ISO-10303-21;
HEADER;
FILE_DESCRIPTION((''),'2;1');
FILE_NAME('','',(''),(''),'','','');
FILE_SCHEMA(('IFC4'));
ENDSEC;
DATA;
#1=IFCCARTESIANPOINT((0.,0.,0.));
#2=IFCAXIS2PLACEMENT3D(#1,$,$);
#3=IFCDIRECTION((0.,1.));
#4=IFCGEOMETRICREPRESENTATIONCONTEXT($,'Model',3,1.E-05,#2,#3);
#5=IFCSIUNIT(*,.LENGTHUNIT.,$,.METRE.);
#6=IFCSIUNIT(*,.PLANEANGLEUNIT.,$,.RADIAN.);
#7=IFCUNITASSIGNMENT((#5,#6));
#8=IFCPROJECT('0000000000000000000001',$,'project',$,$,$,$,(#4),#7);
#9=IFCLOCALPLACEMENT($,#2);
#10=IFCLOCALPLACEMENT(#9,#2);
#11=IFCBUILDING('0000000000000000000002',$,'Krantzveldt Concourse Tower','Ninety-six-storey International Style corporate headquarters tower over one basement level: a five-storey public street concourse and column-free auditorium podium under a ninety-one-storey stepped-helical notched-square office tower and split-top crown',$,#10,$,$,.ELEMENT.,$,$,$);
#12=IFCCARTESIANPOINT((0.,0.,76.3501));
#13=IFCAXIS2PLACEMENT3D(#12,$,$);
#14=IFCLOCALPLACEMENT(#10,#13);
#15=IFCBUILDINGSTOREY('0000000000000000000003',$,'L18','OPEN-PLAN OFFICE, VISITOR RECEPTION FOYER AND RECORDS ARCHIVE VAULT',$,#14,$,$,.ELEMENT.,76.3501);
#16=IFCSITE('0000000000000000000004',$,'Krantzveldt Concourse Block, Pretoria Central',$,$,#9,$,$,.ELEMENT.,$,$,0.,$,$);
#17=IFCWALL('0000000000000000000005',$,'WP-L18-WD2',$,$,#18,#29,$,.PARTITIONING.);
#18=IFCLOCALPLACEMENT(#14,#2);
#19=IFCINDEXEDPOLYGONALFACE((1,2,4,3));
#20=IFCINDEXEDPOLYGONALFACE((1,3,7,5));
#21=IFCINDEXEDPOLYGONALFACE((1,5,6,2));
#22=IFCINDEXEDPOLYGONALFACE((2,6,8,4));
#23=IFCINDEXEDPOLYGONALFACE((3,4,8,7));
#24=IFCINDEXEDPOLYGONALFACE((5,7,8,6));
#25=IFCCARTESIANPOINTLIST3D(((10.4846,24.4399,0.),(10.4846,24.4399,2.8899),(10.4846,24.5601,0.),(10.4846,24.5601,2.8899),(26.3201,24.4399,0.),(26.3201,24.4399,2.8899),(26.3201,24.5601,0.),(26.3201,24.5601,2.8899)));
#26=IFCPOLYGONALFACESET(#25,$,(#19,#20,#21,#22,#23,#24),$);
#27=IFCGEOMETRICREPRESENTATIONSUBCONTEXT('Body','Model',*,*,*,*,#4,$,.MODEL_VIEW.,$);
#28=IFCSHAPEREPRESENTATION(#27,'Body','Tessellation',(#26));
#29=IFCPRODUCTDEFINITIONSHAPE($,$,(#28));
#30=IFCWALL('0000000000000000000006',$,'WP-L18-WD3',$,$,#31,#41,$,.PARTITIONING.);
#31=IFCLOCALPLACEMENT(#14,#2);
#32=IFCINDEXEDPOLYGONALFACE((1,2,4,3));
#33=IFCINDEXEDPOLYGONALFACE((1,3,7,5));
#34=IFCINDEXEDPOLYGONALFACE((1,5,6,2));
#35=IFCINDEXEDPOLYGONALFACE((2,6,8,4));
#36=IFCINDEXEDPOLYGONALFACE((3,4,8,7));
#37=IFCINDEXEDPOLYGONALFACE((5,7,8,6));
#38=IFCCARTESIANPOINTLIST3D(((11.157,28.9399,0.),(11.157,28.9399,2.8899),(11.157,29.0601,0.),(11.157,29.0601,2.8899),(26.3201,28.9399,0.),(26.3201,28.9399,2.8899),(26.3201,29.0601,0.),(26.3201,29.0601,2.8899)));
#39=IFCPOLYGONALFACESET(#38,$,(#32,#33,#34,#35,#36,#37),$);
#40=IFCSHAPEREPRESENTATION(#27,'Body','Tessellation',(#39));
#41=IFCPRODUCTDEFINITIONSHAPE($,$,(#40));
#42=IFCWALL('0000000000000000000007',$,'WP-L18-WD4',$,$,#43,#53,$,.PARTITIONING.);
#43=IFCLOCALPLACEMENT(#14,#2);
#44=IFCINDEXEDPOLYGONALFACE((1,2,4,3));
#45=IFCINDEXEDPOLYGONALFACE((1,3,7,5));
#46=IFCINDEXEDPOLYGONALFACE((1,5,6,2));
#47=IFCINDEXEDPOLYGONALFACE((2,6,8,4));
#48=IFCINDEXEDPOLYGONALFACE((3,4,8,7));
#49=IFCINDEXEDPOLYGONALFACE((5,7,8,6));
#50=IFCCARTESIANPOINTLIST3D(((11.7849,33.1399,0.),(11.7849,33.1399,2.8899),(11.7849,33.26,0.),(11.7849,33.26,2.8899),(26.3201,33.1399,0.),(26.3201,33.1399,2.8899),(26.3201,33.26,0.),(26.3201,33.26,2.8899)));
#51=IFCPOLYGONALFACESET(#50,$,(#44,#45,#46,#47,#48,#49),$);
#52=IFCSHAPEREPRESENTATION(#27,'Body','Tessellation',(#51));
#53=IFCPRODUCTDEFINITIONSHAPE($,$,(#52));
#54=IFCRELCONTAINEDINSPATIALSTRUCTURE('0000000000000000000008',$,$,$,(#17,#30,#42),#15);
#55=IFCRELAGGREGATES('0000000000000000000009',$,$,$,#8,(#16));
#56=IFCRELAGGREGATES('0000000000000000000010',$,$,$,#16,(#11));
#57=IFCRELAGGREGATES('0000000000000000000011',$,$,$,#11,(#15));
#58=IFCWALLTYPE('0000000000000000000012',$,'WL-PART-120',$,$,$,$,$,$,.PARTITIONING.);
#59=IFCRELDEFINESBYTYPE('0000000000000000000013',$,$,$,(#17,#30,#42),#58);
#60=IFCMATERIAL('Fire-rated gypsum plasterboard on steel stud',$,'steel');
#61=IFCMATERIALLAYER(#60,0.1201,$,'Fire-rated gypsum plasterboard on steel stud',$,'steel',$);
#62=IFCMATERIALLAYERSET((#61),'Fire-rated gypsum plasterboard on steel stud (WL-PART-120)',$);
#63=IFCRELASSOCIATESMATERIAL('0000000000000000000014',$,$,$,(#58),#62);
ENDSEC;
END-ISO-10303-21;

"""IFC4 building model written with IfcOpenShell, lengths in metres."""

from ifc_helpers import new_model, si_unit, direction, frame, frame_2d, origin, place, context, subcontext, project, spatial, rectangle, extrude, material, layer, layer_set, type_object, element, save


model = new_model("IFC4")

# Units and contexts
model_context = context("Model", 3, precision=1e-05, world=origin(), true_north=direction((0.0, 1.0)))
body_context = subcontext(model_context, "Body", "Model", "MODEL_VIEW")
ifc_project = project(units=[si_unit("LENGTHUNIT", "METRE"), si_unit("PLANEANGLEUNIT", "RADIAN")], contexts=[model_context])

# Site, building, storey
site_placement = place(None, origin())
site = spatial("IfcSite", under=ifc_project, at=site_placement, Name="Krantzveldt Concourse Block, Pretoria Central", CompositionType="ELEMENT", RefElevation=0.0)
building_placement = place(site_placement, origin())
building = spatial("IfcBuilding", under=site, at=building_placement, Name="Krantzveldt Concourse Tower", Description="Ninety-six-storey International Style corporate headquarters tower over one basement level: a five-storey public street concourse and column-free auditorium podium under a ninety-one-storey stepped-helical notched-square office tower and split-top crown", CompositionType="ELEMENT")
storey_placement = place(building_placement, frame((0.0, 0.0, 76.3501)))
storey = spatial("IfcBuildingStorey", under=building, at=storey_placement, Name="L18", Description="OPEN-PLAN OFFICE, VISITOR RECEPTION FOYER AND RECORDS ARCHIVE VAULT", CompositionType="ELEMENT", Elevation=76.3501)

# Walls
ifc_material_1 = material(Name="Fire-rated gypsum plasterboard on steel stud", Category="steel")
ifc_layer_1 = layer(ifc_material_1, 0.1201, Name="Fire-rated gypsum plasterboard on steel stud", Category="steel")
ifc_layer_set_1 = layer_set([ifc_layer_1], Name="Fire-rated gypsum plasterboard on steel stud (WL-PART-120)")
wall_type = type_object("IfcWallType", Name="WL-PART-120", PredefinedType="PARTITIONING", material=ifc_layer_set_1)
wall_1_placement = place(storey_placement, frame((10.4846, 24.5, 0.0), z_axis=(0.0, 0.0, 1.0), x_axis=(1.0, 0.0, 0.0)))
element("IfcWall", 1, at=wall_1_placement, inside=storey, type_object=wall_type, Name="WP-L18-WD2", PredefinedType="PARTITIONING", context=body_context, shape_type="SweptSolid", body=[
    extrude(rectangle(XDim=15.8354, YDim=0.1201, at=frame_2d((7.9177, 0.0))), origin(), (0.0, 0.0, 1.0), 2.8899),
])
wall_2_placement = place(storey_placement, frame((11.157, 29.0, 0.0), z_axis=(0.0, 0.0, 1.0), x_axis=(1.0, 0.0, 0.0)))
element("IfcWall", 2, at=wall_2_placement, inside=storey, type_object=wall_type, Name="WP-L18-WD3", PredefinedType="PARTITIONING", context=body_context, shape_type="SweptSolid", body=[
    extrude(rectangle(XDim=15.1631, YDim=0.1201, at=frame_2d((7.5815, 0.0))), origin(), (0.0, 0.0, 1.0), 2.8899),
])
wall_3_placement = place(storey_placement, frame((11.7849, 33.2, 0.0), z_axis=(0.0, 0.0, 1.0), x_axis=(1.0, 0.0, 0.0)))
element("IfcWall", 3, at=wall_3_placement, inside=storey, type_object=wall_type, Name="WP-L18-WD4", PredefinedType="PARTITIONING", context=body_context, shape_type="SweptSolid", body=[
    extrude(rectangle(XDim=14.5352, YDim=0.1201, at=frame_2d((7.2676, 0.0))), origin(), (0.0, 0.0, 1.0), 2.8899),
])

save(model, "model.ifc")
